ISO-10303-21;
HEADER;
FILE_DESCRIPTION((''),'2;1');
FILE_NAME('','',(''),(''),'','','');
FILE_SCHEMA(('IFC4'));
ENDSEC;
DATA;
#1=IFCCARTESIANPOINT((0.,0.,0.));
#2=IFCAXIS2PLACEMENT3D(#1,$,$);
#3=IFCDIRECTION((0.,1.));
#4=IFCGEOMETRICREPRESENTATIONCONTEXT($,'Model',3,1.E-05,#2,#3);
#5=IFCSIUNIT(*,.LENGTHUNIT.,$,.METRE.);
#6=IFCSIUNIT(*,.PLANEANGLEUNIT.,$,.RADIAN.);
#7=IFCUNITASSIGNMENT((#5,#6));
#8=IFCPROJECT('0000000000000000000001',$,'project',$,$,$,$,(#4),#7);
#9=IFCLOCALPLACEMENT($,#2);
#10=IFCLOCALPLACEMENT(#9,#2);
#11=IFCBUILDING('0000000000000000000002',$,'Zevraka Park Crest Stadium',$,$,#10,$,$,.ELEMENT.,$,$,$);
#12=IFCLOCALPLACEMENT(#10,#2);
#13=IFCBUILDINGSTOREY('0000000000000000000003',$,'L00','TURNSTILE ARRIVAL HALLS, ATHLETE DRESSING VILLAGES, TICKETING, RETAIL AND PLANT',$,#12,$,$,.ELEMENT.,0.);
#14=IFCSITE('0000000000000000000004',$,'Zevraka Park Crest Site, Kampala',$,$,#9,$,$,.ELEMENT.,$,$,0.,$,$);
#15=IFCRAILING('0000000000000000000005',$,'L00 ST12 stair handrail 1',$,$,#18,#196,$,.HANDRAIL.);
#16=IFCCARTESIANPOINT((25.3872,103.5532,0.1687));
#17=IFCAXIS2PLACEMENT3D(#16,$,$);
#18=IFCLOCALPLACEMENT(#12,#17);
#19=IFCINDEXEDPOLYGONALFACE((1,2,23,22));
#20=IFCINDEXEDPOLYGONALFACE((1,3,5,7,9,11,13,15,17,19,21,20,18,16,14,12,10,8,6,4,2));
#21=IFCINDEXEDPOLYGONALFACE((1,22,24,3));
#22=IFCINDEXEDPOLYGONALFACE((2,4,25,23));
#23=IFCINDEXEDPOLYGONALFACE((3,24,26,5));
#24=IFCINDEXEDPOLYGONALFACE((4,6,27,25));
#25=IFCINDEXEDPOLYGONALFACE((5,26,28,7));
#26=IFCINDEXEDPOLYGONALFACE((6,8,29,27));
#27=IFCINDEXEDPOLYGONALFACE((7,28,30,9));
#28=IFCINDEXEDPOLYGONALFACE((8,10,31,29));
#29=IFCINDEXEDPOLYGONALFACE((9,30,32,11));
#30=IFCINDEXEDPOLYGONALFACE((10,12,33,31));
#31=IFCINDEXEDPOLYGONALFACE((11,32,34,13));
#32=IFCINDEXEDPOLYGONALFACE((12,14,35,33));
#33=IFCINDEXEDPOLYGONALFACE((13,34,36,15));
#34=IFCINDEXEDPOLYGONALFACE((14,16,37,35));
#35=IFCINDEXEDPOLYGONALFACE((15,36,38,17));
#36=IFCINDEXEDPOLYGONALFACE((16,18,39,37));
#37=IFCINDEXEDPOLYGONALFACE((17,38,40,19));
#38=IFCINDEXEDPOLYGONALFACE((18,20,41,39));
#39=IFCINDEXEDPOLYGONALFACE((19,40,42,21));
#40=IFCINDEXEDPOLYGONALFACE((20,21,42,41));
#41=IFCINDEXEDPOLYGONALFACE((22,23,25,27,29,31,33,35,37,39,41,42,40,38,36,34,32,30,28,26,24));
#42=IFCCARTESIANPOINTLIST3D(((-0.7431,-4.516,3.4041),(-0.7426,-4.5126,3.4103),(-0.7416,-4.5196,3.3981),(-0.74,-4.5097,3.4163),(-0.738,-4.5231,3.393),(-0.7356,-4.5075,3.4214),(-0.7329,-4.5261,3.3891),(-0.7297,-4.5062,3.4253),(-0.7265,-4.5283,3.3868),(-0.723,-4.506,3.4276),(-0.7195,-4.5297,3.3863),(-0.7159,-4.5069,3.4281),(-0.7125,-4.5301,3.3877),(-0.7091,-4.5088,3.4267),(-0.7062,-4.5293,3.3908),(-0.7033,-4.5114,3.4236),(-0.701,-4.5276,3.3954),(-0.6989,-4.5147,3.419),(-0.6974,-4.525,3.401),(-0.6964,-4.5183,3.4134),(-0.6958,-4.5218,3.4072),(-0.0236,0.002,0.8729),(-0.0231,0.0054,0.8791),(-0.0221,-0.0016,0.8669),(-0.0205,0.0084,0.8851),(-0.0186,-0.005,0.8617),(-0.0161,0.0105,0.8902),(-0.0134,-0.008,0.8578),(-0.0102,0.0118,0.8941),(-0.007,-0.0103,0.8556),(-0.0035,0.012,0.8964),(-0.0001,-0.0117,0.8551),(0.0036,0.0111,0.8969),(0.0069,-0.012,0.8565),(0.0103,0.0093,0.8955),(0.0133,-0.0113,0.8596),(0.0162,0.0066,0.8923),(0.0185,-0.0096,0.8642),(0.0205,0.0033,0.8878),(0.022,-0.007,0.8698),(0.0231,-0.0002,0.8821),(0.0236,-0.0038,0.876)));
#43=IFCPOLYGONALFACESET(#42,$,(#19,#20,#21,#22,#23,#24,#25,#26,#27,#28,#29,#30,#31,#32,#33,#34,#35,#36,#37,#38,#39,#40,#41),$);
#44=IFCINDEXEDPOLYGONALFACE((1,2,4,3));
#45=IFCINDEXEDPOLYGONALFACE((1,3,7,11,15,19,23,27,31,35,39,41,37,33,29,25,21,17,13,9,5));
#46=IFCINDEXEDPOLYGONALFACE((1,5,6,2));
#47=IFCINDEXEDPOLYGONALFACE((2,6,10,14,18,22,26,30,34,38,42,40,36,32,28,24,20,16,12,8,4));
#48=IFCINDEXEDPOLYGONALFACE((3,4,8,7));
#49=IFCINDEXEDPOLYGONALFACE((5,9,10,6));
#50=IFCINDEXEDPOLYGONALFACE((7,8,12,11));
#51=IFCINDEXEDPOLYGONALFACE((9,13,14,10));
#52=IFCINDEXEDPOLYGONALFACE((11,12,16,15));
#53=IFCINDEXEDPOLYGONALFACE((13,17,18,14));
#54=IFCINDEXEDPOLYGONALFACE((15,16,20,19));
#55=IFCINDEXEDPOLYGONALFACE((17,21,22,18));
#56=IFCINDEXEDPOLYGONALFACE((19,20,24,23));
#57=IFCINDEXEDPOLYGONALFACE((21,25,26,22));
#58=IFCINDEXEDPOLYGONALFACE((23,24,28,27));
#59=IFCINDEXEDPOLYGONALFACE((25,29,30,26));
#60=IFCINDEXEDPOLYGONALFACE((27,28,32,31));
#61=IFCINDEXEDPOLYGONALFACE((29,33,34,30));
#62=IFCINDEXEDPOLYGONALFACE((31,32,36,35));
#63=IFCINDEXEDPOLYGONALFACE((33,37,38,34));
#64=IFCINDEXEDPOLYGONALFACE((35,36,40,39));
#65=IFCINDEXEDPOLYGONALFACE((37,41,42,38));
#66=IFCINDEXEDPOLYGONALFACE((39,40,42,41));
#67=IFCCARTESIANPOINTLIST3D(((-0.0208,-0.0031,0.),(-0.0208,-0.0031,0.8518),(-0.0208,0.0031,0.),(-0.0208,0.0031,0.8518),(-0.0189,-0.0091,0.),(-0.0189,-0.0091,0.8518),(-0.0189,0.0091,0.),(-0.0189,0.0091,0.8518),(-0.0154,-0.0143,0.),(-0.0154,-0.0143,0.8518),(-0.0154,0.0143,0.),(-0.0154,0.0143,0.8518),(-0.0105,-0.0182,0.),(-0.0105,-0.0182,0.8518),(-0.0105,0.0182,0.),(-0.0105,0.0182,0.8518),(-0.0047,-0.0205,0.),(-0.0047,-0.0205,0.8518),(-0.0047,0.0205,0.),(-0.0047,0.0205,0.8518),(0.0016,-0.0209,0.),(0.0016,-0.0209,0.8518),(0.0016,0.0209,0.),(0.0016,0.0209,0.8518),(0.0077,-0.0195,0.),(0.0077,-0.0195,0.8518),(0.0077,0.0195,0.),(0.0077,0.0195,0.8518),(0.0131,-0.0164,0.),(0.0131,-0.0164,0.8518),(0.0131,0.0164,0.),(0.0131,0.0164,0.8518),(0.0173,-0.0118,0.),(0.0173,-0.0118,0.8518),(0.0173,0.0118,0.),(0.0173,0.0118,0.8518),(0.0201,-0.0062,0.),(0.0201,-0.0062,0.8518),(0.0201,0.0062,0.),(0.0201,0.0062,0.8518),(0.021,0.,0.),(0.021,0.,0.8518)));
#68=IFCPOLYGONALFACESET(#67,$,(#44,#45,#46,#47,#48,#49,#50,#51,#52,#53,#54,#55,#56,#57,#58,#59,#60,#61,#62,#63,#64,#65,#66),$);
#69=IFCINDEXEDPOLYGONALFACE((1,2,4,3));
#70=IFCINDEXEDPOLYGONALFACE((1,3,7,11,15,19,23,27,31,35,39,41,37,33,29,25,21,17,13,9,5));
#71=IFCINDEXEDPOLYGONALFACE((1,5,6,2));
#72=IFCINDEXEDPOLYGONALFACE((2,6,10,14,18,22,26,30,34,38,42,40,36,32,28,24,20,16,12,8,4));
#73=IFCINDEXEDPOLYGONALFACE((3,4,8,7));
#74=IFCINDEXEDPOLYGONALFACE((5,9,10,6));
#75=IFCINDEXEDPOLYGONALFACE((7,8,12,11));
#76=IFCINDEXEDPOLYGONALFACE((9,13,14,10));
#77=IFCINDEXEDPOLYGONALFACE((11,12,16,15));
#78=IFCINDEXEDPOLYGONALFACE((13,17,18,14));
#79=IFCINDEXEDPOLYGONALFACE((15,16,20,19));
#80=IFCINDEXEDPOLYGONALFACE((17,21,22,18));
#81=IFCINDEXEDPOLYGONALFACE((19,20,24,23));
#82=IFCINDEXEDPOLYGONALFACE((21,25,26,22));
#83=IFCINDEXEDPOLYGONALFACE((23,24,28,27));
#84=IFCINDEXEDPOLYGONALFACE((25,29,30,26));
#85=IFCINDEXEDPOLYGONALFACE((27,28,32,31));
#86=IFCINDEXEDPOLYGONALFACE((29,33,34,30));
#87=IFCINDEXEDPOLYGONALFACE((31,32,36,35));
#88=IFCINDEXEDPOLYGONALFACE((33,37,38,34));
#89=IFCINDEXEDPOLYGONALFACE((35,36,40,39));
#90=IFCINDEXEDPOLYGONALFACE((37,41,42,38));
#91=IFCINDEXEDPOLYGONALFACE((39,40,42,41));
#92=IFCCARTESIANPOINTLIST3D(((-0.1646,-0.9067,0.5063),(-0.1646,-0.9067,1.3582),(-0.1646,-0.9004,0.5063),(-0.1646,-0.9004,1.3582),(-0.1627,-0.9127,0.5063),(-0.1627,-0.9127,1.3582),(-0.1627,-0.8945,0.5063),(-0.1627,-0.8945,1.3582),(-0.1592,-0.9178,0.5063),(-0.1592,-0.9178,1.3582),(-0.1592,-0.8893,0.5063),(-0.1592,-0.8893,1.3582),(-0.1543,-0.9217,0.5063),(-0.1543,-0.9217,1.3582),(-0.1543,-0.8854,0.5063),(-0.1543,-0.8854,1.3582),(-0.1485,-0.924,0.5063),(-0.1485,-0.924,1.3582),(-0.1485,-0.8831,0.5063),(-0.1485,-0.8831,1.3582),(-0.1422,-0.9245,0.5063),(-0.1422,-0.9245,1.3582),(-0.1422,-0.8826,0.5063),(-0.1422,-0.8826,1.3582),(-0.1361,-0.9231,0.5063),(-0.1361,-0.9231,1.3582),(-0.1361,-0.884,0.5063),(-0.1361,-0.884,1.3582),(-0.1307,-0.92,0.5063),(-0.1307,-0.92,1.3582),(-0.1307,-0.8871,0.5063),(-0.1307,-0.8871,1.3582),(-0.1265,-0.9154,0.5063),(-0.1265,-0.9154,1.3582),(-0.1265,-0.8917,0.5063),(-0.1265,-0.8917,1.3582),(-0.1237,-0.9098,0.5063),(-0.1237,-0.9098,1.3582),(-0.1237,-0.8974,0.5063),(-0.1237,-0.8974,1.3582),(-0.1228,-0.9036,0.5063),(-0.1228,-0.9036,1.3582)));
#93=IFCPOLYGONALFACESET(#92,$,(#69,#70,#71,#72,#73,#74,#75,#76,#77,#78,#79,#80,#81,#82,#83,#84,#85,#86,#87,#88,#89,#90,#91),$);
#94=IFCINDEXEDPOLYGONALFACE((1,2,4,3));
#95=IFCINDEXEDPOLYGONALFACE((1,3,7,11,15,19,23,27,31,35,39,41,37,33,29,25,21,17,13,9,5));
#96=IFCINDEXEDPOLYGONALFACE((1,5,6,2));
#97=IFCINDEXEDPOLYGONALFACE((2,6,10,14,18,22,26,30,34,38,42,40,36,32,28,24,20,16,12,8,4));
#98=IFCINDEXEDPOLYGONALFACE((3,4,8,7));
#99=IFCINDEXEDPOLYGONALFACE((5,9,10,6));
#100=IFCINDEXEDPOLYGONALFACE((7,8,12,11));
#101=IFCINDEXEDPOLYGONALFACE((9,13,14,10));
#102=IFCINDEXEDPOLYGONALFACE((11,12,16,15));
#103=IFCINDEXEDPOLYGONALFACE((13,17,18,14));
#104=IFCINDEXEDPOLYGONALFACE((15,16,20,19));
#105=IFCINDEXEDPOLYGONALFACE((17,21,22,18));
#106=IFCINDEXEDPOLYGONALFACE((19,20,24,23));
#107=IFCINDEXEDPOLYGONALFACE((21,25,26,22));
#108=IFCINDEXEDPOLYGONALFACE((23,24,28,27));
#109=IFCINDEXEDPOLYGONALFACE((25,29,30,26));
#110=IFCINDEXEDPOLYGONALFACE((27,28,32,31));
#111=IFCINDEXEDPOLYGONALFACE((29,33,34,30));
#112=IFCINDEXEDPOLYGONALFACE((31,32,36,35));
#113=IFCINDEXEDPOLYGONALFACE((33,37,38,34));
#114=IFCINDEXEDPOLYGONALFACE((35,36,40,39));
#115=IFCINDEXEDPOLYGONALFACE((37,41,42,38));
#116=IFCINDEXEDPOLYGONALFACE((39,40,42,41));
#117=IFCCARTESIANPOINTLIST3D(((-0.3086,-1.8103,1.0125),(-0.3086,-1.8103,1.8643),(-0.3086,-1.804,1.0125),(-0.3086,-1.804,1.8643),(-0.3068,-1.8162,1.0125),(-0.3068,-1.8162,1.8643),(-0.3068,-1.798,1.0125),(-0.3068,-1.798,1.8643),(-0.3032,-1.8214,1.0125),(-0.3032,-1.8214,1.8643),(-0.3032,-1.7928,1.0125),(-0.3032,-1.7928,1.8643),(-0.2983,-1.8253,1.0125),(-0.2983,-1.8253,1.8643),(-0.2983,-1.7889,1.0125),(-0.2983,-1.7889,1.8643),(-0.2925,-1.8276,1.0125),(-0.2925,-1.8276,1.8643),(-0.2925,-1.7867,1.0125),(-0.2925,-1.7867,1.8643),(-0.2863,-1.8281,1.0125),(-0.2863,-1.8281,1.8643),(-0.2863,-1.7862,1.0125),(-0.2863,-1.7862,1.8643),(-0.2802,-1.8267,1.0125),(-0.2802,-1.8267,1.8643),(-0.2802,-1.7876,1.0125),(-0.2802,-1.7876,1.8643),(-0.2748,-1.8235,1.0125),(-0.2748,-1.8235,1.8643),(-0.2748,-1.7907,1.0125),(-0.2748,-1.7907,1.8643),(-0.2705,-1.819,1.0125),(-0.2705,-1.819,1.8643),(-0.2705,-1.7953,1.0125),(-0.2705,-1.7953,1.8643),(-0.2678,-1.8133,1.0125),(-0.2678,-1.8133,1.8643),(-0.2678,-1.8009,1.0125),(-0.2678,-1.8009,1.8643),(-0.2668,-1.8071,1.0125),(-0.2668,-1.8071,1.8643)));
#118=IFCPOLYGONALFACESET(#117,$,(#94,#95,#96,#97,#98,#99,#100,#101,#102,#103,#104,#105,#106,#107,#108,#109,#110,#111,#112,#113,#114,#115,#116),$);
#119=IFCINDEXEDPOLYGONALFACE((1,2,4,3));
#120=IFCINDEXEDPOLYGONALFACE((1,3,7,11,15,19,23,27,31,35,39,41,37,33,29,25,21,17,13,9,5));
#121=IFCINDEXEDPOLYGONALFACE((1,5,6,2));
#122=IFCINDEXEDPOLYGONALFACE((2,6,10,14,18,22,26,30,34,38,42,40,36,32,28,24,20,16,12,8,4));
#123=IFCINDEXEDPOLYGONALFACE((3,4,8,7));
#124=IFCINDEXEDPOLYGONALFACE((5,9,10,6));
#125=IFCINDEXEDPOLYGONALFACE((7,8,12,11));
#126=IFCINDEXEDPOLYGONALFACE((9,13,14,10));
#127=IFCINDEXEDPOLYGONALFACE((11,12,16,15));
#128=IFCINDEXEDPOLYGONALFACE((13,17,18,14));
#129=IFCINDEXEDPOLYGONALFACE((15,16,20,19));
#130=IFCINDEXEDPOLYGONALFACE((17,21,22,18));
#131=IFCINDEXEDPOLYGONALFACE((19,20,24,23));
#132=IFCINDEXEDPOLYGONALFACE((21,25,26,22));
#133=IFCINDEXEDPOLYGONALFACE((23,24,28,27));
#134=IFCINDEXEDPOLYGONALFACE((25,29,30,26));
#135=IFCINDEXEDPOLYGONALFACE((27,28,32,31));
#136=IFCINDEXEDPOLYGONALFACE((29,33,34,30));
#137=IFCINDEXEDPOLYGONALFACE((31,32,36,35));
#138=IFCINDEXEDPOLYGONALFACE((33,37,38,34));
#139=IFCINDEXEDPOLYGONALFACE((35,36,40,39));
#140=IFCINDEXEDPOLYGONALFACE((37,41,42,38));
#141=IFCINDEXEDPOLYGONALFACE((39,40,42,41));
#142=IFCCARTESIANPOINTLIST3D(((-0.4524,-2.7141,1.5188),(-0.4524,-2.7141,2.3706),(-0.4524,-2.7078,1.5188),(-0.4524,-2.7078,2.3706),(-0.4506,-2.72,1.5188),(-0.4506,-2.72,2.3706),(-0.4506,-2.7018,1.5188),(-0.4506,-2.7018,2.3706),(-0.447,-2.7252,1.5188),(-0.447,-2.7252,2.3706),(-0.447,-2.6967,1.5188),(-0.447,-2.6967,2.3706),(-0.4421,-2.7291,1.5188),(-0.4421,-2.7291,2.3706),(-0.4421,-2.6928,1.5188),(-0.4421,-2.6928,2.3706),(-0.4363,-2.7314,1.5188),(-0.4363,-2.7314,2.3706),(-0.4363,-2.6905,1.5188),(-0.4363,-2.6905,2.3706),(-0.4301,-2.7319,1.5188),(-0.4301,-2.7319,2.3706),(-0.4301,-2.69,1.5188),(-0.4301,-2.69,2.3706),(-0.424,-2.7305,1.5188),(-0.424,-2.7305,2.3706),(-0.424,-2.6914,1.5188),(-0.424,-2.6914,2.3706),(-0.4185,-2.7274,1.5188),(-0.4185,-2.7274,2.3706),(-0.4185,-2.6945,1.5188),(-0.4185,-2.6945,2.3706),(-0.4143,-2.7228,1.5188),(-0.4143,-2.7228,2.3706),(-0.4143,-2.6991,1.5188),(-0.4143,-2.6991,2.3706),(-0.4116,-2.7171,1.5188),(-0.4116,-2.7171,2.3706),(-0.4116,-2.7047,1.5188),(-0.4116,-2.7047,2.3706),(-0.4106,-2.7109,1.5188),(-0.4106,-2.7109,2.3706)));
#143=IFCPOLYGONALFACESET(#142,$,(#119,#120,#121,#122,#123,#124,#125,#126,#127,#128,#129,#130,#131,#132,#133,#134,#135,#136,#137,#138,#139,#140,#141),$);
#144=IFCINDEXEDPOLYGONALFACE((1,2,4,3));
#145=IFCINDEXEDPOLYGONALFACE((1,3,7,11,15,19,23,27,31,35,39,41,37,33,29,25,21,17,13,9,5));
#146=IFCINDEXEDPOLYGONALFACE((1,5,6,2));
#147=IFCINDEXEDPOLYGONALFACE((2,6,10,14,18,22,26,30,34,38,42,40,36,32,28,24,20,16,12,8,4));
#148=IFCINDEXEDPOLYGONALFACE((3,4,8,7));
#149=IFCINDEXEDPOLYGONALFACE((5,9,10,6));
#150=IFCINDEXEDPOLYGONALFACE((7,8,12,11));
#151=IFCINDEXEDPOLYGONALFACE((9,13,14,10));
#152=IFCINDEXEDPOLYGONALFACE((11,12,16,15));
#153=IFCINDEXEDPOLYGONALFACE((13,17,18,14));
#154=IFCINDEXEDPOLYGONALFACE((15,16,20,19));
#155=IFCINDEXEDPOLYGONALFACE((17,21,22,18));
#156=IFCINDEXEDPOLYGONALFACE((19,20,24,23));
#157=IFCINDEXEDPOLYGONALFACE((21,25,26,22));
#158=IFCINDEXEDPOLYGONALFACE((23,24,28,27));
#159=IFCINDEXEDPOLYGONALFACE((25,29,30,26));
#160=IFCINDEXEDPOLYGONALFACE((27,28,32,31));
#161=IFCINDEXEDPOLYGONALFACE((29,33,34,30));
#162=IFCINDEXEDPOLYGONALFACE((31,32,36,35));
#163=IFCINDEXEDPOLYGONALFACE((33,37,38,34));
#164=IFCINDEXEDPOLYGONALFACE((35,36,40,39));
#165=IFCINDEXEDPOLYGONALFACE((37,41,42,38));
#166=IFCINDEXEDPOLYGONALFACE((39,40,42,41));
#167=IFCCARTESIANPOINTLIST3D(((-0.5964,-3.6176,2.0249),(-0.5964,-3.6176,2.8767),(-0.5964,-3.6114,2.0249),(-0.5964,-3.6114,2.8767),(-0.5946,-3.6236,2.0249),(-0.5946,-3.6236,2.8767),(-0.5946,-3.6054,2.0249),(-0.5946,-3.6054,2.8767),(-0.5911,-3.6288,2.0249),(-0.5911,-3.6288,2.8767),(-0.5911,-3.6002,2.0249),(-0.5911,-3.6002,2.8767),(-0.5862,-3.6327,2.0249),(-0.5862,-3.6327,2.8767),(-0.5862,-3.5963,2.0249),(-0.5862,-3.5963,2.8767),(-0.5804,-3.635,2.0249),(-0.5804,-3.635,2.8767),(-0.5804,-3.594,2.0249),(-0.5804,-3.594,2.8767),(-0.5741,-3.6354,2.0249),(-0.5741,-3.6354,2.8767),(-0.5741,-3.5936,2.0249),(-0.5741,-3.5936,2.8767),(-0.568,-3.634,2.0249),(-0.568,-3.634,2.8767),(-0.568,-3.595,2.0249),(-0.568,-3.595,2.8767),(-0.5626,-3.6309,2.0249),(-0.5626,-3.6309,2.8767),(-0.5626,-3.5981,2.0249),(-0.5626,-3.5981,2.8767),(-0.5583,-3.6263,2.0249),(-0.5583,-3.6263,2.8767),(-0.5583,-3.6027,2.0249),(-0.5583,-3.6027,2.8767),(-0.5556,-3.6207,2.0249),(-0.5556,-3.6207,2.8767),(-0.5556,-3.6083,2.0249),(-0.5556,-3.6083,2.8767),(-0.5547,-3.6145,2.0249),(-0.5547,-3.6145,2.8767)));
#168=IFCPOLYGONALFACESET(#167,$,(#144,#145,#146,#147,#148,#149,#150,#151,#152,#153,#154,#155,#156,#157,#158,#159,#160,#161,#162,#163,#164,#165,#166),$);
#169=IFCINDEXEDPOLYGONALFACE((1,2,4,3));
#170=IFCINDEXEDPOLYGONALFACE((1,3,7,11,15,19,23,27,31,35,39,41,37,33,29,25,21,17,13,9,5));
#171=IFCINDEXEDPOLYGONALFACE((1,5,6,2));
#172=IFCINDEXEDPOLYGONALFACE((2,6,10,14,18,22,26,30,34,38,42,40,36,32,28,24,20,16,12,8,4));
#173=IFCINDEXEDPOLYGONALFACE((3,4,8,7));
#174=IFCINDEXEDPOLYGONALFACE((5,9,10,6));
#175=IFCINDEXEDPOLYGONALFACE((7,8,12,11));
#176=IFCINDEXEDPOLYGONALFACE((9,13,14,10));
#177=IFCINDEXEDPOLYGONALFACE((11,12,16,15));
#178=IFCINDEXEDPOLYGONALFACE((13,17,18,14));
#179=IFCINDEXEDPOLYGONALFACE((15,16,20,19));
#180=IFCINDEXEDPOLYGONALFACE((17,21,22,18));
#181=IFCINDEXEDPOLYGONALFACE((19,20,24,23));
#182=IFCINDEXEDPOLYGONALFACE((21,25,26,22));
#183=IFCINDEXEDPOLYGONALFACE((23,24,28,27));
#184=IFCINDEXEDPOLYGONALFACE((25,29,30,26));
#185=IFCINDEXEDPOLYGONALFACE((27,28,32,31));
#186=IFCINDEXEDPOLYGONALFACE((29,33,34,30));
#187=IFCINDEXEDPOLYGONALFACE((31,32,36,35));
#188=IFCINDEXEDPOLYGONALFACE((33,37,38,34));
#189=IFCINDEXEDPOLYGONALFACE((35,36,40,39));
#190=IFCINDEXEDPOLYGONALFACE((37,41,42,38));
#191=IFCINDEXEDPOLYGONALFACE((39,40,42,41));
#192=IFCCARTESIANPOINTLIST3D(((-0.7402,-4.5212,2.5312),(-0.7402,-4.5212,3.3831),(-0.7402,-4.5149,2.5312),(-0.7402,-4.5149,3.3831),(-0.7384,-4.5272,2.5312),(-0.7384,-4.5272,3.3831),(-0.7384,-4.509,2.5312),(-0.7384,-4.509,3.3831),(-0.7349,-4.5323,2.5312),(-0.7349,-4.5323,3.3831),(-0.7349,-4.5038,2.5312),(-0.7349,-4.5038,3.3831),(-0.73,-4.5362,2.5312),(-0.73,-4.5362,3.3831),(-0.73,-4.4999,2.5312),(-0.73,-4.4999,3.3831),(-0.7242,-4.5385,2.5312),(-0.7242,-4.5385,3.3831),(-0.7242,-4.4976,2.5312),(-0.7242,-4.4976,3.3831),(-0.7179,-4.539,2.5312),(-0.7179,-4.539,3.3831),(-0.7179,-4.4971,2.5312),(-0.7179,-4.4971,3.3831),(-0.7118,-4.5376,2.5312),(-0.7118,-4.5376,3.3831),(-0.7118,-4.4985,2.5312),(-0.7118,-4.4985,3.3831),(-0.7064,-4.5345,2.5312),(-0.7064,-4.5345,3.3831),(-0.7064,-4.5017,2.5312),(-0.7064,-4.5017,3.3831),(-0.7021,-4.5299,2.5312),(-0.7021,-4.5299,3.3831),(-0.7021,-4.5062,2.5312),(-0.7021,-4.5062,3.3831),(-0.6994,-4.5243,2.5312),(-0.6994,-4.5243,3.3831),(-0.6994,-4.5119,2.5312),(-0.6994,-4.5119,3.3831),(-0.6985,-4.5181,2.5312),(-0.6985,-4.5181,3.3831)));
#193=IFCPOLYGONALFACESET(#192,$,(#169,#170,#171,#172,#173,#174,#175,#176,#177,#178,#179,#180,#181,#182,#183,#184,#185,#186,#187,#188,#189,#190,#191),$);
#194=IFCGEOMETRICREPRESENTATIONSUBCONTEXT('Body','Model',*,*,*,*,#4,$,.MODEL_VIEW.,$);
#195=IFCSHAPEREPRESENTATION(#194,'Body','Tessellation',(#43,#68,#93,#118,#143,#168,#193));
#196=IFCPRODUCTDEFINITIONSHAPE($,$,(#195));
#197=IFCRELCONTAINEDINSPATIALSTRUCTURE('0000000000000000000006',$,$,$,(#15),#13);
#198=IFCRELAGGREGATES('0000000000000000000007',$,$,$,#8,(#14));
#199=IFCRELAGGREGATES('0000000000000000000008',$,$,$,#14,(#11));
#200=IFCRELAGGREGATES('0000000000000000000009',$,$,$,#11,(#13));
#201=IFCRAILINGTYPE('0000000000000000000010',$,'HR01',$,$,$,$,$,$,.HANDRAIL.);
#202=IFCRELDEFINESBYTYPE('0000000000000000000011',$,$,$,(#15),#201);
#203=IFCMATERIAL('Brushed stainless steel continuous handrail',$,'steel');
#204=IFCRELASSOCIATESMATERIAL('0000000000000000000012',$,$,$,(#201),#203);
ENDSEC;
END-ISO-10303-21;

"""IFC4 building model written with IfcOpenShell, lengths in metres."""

from ifc_helpers import new_model, si_unit, direction, frame, origin, origin_2d, place, context, subcontext, project, spatial, circle, extrude, material, type_object, element, save


model = new_model("IFC4")

# Units and contexts
model_context = context("Model", 3, precision=1e-05, world=origin(), true_north=direction((0.0, 1.0)))
body_context = subcontext(model_context, "Body", "Model", "MODEL_VIEW")
ifc_project = project(units=[si_unit("LENGTHUNIT", "METRE"), si_unit("PLANEANGLEUNIT", "RADIAN")], contexts=[model_context])

# Site, building, storey
site_placement = place(None, origin())
site = spatial("IfcSite", under=ifc_project, at=site_placement, Name="Zevraka Park Crest Site, Kampala", CompositionType="ELEMENT", RefElevation=0.0)
building_placement = place(site_placement, origin())
building = spatial("IfcBuilding", under=site, at=building_placement, Name="Zevraka Park Crest Stadium", CompositionType="ELEMENT")
storey_placement = place(building_placement, origin())
storey = spatial("IfcBuildingStorey", under=building, at=storey_placement, Name="L00", Description="TURNSTILE ARRIVAL HALLS, ATHLETE DRESSING VILLAGES, TICKETING, RETAIL AND PLANT", CompositionType="ELEMENT", Elevation=0.0)

# Railing
ifc_material_1 = material(Name="Brushed stainless steel continuous handrail", Category="steel")
railing_type_1 = type_object("IfcRailingType", Name="HR01", PredefinedType="HANDRAIL", material=ifc_material_1)
railing_1_placement = place(storey_placement, frame((25.3872, 103.5532, 0.1687)))
element("IfcRailing", 1, at=railing_1_placement, inside=storey, type_object=railing_type_1, Name="L00 ST12 stair handrail 1", PredefinedType="HANDRAIL", context=body_context, shape_type="SweptSolid", body=[
    extrude(circle(Radius=0.0239, at=origin_2d()), frame((0.0, 0.0, 0.876), z_axis=(-0.137606, -0.864113, 0.48412), x_axis=(0.987557, -0.157264, 0.0)), (0.0, 0.0, 1.0), 5.2285),
    extrude(circle(Radius=0.021, at=origin_2d()), origin(), (0.0, 0.0, 1.0), 0.8518),
    extrude(circle(Radius=0.021, at=origin_2d()), frame((-0.1438, -0.9036, 0.5063)), (0.0, 0.0, 1.0), 0.8518),
    extrude(circle(Radius=0.021, at=origin_2d()), frame((-0.2878, -1.8071, 1.0125)), (0.0, 0.0, 1.0), 0.8518),
    extrude(circle(Radius=0.021, at=origin_2d()), frame((-0.4316, -2.7109, 1.5188)), (0.0, 0.0, 1.0), 0.8518),
    extrude(circle(Radius=0.021, at=origin_2d()), frame((-0.5757, -3.6145, 2.0249)), (0.0, 0.0, 1.0), 0.8518),
    extrude(circle(Radius=0.021, at=origin_2d()), frame((-0.7195, -4.5181, 2.5312)), (0.0, 0.0, 1.0), 0.8518),
])

save(model, "model.ifc")
